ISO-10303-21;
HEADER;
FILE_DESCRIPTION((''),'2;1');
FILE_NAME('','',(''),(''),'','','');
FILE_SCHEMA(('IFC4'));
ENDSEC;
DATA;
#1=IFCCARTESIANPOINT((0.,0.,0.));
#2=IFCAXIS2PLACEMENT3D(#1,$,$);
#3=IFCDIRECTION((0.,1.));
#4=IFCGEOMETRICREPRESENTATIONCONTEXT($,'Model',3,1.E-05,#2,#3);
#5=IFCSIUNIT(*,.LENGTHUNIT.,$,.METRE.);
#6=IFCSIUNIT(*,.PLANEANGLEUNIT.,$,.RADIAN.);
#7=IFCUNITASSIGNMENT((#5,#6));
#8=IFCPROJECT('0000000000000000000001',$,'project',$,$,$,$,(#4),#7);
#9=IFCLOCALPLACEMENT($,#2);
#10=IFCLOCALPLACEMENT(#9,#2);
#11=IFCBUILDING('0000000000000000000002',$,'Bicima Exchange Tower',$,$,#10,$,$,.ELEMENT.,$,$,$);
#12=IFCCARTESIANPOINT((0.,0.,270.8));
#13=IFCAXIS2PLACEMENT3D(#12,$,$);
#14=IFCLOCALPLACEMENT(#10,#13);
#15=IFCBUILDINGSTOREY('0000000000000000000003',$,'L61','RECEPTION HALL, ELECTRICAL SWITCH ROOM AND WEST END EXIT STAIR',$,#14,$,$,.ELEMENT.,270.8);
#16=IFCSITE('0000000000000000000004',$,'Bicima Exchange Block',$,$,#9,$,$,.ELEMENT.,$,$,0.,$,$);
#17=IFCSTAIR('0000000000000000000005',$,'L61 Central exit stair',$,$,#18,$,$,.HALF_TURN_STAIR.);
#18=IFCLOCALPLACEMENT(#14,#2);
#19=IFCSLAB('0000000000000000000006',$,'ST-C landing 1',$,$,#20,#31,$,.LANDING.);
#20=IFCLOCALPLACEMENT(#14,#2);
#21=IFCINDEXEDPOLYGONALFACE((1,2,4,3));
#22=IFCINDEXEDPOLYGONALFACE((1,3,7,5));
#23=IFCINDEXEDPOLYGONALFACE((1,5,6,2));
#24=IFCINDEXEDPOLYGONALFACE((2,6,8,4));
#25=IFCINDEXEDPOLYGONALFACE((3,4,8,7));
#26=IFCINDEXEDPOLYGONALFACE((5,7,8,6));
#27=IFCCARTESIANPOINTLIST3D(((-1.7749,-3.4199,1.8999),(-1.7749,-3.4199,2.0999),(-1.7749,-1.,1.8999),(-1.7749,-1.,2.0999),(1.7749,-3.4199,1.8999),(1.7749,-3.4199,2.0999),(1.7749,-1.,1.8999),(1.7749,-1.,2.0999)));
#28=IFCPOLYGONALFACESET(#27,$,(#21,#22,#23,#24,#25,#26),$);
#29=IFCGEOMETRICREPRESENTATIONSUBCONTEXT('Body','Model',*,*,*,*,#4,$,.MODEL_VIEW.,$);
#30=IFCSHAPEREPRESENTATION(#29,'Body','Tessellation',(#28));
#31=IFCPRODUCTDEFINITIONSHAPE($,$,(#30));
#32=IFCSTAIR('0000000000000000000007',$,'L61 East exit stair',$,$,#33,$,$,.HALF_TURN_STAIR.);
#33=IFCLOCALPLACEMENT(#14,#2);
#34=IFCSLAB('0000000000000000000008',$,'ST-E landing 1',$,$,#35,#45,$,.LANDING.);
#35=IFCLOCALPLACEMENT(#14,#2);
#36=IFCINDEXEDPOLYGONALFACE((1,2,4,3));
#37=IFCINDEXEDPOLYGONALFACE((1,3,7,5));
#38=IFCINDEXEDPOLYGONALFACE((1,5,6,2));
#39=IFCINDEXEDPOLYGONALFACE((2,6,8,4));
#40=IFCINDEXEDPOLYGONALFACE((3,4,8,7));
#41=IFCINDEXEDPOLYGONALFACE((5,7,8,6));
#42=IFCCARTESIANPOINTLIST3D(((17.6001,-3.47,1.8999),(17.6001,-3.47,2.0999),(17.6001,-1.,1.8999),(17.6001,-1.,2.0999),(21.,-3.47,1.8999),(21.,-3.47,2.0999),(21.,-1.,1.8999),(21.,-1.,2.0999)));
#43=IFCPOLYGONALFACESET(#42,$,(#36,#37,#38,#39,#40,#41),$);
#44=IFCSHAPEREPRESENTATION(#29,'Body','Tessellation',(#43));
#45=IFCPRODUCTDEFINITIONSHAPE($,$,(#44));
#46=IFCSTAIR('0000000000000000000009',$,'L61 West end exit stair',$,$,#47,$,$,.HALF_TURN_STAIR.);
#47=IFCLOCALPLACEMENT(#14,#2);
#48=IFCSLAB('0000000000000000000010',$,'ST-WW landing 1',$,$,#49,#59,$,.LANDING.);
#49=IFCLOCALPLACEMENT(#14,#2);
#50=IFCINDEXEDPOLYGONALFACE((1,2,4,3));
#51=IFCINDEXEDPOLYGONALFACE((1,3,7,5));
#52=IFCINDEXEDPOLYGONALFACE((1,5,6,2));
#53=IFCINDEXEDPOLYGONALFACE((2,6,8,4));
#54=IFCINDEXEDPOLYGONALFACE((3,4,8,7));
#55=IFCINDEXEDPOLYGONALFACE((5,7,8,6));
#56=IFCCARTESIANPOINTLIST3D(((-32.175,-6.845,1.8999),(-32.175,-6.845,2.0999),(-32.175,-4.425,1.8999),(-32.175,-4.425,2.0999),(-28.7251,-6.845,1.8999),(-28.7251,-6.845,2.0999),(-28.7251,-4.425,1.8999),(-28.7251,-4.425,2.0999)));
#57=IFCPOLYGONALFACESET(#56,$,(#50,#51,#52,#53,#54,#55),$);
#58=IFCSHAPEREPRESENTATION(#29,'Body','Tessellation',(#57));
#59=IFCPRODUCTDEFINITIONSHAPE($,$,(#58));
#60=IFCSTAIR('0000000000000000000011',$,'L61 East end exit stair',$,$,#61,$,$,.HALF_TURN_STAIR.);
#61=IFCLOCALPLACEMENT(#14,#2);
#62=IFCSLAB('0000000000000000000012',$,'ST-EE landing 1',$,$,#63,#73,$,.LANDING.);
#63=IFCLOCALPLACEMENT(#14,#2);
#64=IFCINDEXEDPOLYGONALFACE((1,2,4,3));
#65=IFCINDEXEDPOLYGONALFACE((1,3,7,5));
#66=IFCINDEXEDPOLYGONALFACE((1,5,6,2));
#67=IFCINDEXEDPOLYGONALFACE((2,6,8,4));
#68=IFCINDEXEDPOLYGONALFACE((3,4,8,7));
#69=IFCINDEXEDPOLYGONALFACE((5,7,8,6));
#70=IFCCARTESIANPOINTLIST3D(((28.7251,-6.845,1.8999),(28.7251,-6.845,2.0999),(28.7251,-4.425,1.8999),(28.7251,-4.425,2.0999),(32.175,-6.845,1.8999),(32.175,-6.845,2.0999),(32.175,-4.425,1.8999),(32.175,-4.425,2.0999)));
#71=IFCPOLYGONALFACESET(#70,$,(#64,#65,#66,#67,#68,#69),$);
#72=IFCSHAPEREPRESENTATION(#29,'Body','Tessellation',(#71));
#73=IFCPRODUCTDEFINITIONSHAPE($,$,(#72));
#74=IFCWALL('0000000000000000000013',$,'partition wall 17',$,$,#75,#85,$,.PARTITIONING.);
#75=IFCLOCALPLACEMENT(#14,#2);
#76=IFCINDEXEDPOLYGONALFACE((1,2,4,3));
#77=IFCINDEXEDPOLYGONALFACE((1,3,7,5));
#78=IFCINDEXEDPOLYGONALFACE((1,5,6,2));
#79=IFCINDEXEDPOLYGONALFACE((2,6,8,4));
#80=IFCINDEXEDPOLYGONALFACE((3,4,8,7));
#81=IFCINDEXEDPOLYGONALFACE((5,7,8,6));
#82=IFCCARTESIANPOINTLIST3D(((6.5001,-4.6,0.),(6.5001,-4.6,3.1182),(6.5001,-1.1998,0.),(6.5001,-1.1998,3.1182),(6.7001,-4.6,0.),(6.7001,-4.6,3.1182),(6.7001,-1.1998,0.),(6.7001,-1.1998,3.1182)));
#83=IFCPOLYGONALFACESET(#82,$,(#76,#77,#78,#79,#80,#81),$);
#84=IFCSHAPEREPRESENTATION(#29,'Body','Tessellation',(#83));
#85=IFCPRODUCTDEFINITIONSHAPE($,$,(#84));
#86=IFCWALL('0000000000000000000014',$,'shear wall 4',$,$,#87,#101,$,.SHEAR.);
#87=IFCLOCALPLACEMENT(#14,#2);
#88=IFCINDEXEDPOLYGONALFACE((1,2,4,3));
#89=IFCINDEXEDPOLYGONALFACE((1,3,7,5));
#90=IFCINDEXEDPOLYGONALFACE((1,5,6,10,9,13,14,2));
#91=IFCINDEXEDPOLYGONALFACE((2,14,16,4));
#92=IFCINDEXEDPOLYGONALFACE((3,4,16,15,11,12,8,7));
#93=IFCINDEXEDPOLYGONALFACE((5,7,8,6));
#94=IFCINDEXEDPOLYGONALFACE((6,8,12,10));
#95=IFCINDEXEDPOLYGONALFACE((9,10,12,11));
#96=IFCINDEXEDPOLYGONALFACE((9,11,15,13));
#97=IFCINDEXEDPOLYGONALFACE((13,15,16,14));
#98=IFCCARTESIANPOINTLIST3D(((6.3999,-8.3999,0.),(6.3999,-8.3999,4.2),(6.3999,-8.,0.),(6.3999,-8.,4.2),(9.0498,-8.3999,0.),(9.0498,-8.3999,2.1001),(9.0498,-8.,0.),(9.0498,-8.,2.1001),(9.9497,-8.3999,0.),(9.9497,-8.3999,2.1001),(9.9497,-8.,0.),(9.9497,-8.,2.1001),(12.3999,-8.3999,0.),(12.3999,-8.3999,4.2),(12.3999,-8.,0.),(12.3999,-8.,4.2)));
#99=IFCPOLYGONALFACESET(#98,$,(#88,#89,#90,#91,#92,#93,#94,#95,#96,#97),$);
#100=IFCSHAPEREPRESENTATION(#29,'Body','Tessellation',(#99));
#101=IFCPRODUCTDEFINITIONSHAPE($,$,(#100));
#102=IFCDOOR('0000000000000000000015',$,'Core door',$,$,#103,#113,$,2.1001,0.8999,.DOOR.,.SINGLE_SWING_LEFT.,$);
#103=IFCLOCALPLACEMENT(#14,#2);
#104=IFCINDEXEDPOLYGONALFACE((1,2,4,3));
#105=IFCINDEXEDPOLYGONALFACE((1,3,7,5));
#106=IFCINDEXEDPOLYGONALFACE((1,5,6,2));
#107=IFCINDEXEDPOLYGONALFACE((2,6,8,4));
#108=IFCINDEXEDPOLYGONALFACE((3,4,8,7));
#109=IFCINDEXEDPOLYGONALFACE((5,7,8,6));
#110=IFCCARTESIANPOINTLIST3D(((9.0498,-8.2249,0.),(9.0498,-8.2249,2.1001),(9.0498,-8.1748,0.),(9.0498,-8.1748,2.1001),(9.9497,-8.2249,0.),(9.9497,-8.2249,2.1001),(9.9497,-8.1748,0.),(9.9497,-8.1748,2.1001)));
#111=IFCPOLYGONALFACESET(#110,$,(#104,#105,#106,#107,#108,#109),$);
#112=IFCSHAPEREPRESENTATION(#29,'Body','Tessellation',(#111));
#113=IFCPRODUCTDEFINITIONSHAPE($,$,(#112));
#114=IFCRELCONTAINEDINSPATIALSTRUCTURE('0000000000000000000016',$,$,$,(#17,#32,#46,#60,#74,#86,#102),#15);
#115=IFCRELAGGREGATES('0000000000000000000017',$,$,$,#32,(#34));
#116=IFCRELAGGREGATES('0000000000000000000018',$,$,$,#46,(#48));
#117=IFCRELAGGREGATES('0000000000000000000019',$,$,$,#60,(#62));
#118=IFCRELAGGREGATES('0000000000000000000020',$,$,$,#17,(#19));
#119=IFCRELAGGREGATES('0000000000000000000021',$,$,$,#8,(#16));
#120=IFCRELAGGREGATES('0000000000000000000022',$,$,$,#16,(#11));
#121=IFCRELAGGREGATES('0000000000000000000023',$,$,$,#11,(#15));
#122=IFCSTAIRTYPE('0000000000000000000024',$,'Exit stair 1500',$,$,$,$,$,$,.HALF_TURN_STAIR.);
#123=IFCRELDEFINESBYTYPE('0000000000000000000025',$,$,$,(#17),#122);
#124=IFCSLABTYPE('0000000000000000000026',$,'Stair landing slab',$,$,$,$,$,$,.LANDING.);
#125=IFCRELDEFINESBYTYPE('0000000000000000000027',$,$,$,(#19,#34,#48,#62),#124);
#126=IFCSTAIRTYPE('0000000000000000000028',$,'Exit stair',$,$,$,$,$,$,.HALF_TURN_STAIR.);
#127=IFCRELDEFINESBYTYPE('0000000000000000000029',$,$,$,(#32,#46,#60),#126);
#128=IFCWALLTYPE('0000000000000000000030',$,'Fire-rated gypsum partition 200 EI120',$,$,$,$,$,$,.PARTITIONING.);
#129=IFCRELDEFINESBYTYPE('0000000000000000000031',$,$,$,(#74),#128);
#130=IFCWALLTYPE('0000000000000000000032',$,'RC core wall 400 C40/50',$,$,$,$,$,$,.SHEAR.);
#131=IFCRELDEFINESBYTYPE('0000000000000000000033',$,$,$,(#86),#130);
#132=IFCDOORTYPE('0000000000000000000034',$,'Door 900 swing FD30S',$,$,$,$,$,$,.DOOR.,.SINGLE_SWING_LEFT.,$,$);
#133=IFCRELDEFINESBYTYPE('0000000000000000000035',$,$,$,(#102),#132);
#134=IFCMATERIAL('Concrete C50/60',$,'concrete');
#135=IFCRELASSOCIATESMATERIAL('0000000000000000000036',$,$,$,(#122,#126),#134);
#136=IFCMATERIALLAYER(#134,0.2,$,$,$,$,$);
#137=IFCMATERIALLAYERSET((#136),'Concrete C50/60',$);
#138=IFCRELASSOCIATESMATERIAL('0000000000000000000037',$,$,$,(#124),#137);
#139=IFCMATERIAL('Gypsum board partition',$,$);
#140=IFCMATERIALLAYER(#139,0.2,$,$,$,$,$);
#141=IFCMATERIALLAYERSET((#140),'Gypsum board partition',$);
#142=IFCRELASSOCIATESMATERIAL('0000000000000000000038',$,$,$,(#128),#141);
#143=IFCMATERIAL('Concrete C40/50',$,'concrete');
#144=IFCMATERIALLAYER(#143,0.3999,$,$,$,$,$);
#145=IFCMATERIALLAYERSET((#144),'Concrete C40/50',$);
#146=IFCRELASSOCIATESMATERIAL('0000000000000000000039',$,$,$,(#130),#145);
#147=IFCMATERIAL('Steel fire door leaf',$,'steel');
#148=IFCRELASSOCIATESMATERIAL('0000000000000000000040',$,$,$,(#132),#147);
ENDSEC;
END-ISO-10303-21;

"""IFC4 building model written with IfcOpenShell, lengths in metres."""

from ifc_helpers import new_model, si_unit, direction, frame, frame_2d, origin, place, context, subcontext, project, spatial, polyline, rectangle, outline, extrude, material, layer, layer_set, type_object, element, fill, aggregate, save


model = new_model("IFC4")

# Units and contexts
model_context = context("Model", 3, precision=1e-05, world=origin(), true_north=direction((0.0, 1.0)))
body_context = subcontext(model_context, "Body", "Model", "MODEL_VIEW")
ifc_project = project(units=[si_unit("LENGTHUNIT", "METRE"), si_unit("PLANEANGLEUNIT", "RADIAN")], contexts=[model_context])

# Site, building, storey
site_placement = place(None, origin())
site = spatial("IfcSite", under=ifc_project, at=site_placement, Name="Bicima Exchange Block", CompositionType="ELEMENT", RefElevation=0.0)
building_placement = place(site_placement, origin())
building = spatial("IfcBuilding", under=site, at=building_placement, Name="Bicima Exchange Tower", CompositionType="ELEMENT")
storey_placement = place(building_placement, frame((0.0, 0.0, 270.8)))
storey = spatial("IfcBuildingStorey", under=building, at=storey_placement, Name="L61", Description="RECEPTION HALL, ELECTRICAL SWITCH ROOM AND WEST END EXIT STAIR", CompositionType="ELEMENT", Elevation=270.8)

# Stairs, slabs
ifc_material_1 = material(Name="Concrete C50/60", Category="concrete")
stair_type_1 = type_object("IfcStairType", Name="Exit stair 1500", PredefinedType="HALF_TURN_STAIR", material=ifc_material_1)
stair_1_placement = place(storey_placement, origin())
stair_1 = element("IfcStair", 1, at=stair_1_placement, inside=storey, type_object=stair_type_1, Name="L61 Central exit stair", PredefinedType="HALF_TURN_STAIR")
ifc_layer_1 = layer(ifc_material_1, 0.2)
ifc_layer_set_1 = layer_set([ifc_layer_1], Name="Concrete C50/60")
slab_type = type_object("IfcSlabType", Name="Stair landing slab", PredefinedType="LANDING", material=ifc_layer_set_1)
slab_1_placement = place(storey_placement, frame((0.0, 0.0, 1.8999)))
slab_1 = element("IfcSlab", 2, at=slab_1_placement, type_object=slab_type, Name="ST-C landing 1", PredefinedType="LANDING", context=body_context, shape_type="SweptSolid", body=[
    extrude(outline(polyline([(1.7749, -3.4199), (1.7749, -1.0), (-1.7749, -1.0), (-1.7749, -3.4199), (1.7749, -3.4199)])), origin(), (0.0, 0.0, 1.0), 0.2),
])
stair_type_2 = type_object("IfcStairType", Name="Exit stair", PredefinedType="HALF_TURN_STAIR", material=ifc_material_1)
stair_2_placement = place(storey_placement, origin())
stair_2 = element("IfcStair", 3, at=stair_2_placement, inside=storey, type_object=stair_type_2, Name="L61 East exit stair", PredefinedType="HALF_TURN_STAIR")
slab_2_placement = place(storey_placement, frame((0.0, 0.0, 1.8999)))
slab_2 = element("IfcSlab", 4, at=slab_2_placement, type_object=slab_type, Name="ST-E landing 1", PredefinedType="LANDING", context=body_context, shape_type="SweptSolid", body=[
    extrude(outline(polyline([(21.0, -3.47), (21.0, -1.0), (17.6001, -1.0), (17.6001, -3.47), (21.0, -3.47)])), origin(), (0.0, 0.0, 1.0), 0.2),
])
aggregate(stair_2, [slab_2])
stair_3_placement = place(storey_placement, origin())
stair_3 = element("IfcStair", 5, at=stair_3_placement, inside=storey, type_object=stair_type_2, Name="L61 West end exit stair", PredefinedType="HALF_TURN_STAIR")
slab_3_placement = place(storey_placement, frame((0.0, 0.0, 1.8999)))
slab_3 = element("IfcSlab", 6, at=slab_3_placement, type_object=slab_type, Name="ST-WW landing 1", PredefinedType="LANDING", context=body_context, shape_type="SweptSolid", body=[
    extrude(outline(polyline([(-28.7251, -6.845), (-28.7251, -4.425), (-32.175, -4.425), (-32.175, -6.845), (-28.7251, -6.845)])), origin(), (0.0, 0.0, 1.0), 0.2),
])
aggregate(stair_3, [slab_3])
stair_4_placement = place(storey_placement, origin())
stair_4 = element("IfcStair", 7, at=stair_4_placement, inside=storey, type_object=stair_type_2, Name="L61 East end exit stair", PredefinedType="HALF_TURN_STAIR")
slab_4_placement = place(storey_placement, frame((0.0, 0.0, 1.8999)))
slab_4 = element("IfcSlab", 8, at=slab_4_placement, type_object=slab_type, Name="ST-EE landing 1", PredefinedType="LANDING", context=body_context, shape_type="SweptSolid", body=[
    extrude(outline(polyline([(32.175, -6.845), (32.175, -4.425), (28.7251, -4.425), (28.7251, -6.845), (32.175, -6.845)])), origin(), (0.0, 0.0, 1.0), 0.2),
])
aggregate(stair_4, [slab_4])

# Wall
ifc_material_2 = material(Name="Gypsum board partition")
ifc_layer_2 = layer(ifc_material_2, 0.2)
ifc_layer_set_2 = layer_set([ifc_layer_2], Name="Gypsum board partition")
wall_type_1 = type_object("IfcWallType", Name="Fire-rated gypsum partition 200 EI120", PredefinedType="PARTITIONING", material=ifc_layer_set_2)
wall_1_placement = place(storey_placement, frame((6.6001, -4.6001, 0.0), z_axis=(0.0, 0.0, 1.0), x_axis=(0.0, 1.0, 0.0)))
element("IfcWall", 9, at=wall_1_placement, inside=storey, type_object=wall_type_1, Name="partition wall 17", PredefinedType="PARTITIONING", context=body_context, shape_type="SweptSolid", body=[
    extrude(rectangle(XDim=3.4001, YDim=0.2, at=frame_2d((1.7002, 0.0))), origin(), (0.0, 0.0, 1.0), 3.1182),
])

# Wall, opening, door
ifc_material_3 = material(Name="Concrete C40/50", Category="concrete")
ifc_layer_3 = layer(ifc_material_3, 0.3999)
ifc_layer_set_3 = layer_set([ifc_layer_3], Name="Concrete C40/50")
wall_type_2 = type_object("IfcWallType", Name="RC core wall 400 C40/50", PredefinedType="SHEAR", material=ifc_layer_set_3)
wall_2_placement = place(storey_placement, frame((6.3999, -8.2, 0.0), z_axis=(0.0, 0.0, 1.0), x_axis=(1.0, 0.0, 0.0)))
wall_2 = element("IfcWall", 10, at=wall_2_placement, inside=storey, type_object=wall_type_2, Name="shear wall 4", PredefinedType="SHEAR", context=body_context, shape_type="SweptSolid", body=[
    extrude(rectangle(XDim=6.0, YDim=0.3999, at=frame_2d((3.0, 0.0))), origin(), (0.0, 0.0, 1.0), 4.2),
])
opening_1_placement = place(wall_2_placement, frame((2.6499, 0.0, 0.0)))
opening_1 = element("IfcOpeningElement", 11, at=opening_1_placement, cuts=wall_2, PredefinedType="OPENING", context=body_context, shape_type="SweptSolid", body=[
    extrude(rectangle(XDim=0.8999, YDim=2.1001, at=frame_2d((0.45, 1.05))), frame((0.0, 0.2119, 0.0), z_axis=(0.0, -1.0, 0.0), x_axis=(1.0, 0.0, 0.0)), (0.0, 0.0, 1.0), 0.4238),
])
ifc_material_4 = material(Name="Steel fire door leaf", Category="steel")
door_type_1 = type_object("IfcDoorType", Name="Door 900 swing FD30S", OperationType="SINGLE_SWING_LEFT", PredefinedType="DOOR", material=ifc_material_4)
door_1_placement = place(opening_1_placement, frame((0.8999, 0.0, 0.0), z_axis=(0.0, 0.0, 1.0), x_axis=(-1.0, 0.0, 0.0)))
door_1 = element("IfcDoor", 12, at=door_1_placement, inside=storey, type_object=door_type_1, Name="Core door", OperationType="SINGLE_SWING_LEFT", OverallHeight=2.1001, OverallWidth=0.8999, PredefinedType="DOOR", context=body_context, shape_type="SweptSolid", body=[
    extrude(rectangle(XDim=0.8999, YDim=2.1001, at=frame_2d((0.45, 1.05))), frame((0.0, 0.0249, 0.0), z_axis=(0.0, -1.0, 0.0), x_axis=(1.0, 0.0, 0.0)), (0.0, 0.0, 1.0), 0.05),
])
fill(opening_1, door_1)

aggregate(stair_1, [slab_1])

save(model, "model.ifc")
